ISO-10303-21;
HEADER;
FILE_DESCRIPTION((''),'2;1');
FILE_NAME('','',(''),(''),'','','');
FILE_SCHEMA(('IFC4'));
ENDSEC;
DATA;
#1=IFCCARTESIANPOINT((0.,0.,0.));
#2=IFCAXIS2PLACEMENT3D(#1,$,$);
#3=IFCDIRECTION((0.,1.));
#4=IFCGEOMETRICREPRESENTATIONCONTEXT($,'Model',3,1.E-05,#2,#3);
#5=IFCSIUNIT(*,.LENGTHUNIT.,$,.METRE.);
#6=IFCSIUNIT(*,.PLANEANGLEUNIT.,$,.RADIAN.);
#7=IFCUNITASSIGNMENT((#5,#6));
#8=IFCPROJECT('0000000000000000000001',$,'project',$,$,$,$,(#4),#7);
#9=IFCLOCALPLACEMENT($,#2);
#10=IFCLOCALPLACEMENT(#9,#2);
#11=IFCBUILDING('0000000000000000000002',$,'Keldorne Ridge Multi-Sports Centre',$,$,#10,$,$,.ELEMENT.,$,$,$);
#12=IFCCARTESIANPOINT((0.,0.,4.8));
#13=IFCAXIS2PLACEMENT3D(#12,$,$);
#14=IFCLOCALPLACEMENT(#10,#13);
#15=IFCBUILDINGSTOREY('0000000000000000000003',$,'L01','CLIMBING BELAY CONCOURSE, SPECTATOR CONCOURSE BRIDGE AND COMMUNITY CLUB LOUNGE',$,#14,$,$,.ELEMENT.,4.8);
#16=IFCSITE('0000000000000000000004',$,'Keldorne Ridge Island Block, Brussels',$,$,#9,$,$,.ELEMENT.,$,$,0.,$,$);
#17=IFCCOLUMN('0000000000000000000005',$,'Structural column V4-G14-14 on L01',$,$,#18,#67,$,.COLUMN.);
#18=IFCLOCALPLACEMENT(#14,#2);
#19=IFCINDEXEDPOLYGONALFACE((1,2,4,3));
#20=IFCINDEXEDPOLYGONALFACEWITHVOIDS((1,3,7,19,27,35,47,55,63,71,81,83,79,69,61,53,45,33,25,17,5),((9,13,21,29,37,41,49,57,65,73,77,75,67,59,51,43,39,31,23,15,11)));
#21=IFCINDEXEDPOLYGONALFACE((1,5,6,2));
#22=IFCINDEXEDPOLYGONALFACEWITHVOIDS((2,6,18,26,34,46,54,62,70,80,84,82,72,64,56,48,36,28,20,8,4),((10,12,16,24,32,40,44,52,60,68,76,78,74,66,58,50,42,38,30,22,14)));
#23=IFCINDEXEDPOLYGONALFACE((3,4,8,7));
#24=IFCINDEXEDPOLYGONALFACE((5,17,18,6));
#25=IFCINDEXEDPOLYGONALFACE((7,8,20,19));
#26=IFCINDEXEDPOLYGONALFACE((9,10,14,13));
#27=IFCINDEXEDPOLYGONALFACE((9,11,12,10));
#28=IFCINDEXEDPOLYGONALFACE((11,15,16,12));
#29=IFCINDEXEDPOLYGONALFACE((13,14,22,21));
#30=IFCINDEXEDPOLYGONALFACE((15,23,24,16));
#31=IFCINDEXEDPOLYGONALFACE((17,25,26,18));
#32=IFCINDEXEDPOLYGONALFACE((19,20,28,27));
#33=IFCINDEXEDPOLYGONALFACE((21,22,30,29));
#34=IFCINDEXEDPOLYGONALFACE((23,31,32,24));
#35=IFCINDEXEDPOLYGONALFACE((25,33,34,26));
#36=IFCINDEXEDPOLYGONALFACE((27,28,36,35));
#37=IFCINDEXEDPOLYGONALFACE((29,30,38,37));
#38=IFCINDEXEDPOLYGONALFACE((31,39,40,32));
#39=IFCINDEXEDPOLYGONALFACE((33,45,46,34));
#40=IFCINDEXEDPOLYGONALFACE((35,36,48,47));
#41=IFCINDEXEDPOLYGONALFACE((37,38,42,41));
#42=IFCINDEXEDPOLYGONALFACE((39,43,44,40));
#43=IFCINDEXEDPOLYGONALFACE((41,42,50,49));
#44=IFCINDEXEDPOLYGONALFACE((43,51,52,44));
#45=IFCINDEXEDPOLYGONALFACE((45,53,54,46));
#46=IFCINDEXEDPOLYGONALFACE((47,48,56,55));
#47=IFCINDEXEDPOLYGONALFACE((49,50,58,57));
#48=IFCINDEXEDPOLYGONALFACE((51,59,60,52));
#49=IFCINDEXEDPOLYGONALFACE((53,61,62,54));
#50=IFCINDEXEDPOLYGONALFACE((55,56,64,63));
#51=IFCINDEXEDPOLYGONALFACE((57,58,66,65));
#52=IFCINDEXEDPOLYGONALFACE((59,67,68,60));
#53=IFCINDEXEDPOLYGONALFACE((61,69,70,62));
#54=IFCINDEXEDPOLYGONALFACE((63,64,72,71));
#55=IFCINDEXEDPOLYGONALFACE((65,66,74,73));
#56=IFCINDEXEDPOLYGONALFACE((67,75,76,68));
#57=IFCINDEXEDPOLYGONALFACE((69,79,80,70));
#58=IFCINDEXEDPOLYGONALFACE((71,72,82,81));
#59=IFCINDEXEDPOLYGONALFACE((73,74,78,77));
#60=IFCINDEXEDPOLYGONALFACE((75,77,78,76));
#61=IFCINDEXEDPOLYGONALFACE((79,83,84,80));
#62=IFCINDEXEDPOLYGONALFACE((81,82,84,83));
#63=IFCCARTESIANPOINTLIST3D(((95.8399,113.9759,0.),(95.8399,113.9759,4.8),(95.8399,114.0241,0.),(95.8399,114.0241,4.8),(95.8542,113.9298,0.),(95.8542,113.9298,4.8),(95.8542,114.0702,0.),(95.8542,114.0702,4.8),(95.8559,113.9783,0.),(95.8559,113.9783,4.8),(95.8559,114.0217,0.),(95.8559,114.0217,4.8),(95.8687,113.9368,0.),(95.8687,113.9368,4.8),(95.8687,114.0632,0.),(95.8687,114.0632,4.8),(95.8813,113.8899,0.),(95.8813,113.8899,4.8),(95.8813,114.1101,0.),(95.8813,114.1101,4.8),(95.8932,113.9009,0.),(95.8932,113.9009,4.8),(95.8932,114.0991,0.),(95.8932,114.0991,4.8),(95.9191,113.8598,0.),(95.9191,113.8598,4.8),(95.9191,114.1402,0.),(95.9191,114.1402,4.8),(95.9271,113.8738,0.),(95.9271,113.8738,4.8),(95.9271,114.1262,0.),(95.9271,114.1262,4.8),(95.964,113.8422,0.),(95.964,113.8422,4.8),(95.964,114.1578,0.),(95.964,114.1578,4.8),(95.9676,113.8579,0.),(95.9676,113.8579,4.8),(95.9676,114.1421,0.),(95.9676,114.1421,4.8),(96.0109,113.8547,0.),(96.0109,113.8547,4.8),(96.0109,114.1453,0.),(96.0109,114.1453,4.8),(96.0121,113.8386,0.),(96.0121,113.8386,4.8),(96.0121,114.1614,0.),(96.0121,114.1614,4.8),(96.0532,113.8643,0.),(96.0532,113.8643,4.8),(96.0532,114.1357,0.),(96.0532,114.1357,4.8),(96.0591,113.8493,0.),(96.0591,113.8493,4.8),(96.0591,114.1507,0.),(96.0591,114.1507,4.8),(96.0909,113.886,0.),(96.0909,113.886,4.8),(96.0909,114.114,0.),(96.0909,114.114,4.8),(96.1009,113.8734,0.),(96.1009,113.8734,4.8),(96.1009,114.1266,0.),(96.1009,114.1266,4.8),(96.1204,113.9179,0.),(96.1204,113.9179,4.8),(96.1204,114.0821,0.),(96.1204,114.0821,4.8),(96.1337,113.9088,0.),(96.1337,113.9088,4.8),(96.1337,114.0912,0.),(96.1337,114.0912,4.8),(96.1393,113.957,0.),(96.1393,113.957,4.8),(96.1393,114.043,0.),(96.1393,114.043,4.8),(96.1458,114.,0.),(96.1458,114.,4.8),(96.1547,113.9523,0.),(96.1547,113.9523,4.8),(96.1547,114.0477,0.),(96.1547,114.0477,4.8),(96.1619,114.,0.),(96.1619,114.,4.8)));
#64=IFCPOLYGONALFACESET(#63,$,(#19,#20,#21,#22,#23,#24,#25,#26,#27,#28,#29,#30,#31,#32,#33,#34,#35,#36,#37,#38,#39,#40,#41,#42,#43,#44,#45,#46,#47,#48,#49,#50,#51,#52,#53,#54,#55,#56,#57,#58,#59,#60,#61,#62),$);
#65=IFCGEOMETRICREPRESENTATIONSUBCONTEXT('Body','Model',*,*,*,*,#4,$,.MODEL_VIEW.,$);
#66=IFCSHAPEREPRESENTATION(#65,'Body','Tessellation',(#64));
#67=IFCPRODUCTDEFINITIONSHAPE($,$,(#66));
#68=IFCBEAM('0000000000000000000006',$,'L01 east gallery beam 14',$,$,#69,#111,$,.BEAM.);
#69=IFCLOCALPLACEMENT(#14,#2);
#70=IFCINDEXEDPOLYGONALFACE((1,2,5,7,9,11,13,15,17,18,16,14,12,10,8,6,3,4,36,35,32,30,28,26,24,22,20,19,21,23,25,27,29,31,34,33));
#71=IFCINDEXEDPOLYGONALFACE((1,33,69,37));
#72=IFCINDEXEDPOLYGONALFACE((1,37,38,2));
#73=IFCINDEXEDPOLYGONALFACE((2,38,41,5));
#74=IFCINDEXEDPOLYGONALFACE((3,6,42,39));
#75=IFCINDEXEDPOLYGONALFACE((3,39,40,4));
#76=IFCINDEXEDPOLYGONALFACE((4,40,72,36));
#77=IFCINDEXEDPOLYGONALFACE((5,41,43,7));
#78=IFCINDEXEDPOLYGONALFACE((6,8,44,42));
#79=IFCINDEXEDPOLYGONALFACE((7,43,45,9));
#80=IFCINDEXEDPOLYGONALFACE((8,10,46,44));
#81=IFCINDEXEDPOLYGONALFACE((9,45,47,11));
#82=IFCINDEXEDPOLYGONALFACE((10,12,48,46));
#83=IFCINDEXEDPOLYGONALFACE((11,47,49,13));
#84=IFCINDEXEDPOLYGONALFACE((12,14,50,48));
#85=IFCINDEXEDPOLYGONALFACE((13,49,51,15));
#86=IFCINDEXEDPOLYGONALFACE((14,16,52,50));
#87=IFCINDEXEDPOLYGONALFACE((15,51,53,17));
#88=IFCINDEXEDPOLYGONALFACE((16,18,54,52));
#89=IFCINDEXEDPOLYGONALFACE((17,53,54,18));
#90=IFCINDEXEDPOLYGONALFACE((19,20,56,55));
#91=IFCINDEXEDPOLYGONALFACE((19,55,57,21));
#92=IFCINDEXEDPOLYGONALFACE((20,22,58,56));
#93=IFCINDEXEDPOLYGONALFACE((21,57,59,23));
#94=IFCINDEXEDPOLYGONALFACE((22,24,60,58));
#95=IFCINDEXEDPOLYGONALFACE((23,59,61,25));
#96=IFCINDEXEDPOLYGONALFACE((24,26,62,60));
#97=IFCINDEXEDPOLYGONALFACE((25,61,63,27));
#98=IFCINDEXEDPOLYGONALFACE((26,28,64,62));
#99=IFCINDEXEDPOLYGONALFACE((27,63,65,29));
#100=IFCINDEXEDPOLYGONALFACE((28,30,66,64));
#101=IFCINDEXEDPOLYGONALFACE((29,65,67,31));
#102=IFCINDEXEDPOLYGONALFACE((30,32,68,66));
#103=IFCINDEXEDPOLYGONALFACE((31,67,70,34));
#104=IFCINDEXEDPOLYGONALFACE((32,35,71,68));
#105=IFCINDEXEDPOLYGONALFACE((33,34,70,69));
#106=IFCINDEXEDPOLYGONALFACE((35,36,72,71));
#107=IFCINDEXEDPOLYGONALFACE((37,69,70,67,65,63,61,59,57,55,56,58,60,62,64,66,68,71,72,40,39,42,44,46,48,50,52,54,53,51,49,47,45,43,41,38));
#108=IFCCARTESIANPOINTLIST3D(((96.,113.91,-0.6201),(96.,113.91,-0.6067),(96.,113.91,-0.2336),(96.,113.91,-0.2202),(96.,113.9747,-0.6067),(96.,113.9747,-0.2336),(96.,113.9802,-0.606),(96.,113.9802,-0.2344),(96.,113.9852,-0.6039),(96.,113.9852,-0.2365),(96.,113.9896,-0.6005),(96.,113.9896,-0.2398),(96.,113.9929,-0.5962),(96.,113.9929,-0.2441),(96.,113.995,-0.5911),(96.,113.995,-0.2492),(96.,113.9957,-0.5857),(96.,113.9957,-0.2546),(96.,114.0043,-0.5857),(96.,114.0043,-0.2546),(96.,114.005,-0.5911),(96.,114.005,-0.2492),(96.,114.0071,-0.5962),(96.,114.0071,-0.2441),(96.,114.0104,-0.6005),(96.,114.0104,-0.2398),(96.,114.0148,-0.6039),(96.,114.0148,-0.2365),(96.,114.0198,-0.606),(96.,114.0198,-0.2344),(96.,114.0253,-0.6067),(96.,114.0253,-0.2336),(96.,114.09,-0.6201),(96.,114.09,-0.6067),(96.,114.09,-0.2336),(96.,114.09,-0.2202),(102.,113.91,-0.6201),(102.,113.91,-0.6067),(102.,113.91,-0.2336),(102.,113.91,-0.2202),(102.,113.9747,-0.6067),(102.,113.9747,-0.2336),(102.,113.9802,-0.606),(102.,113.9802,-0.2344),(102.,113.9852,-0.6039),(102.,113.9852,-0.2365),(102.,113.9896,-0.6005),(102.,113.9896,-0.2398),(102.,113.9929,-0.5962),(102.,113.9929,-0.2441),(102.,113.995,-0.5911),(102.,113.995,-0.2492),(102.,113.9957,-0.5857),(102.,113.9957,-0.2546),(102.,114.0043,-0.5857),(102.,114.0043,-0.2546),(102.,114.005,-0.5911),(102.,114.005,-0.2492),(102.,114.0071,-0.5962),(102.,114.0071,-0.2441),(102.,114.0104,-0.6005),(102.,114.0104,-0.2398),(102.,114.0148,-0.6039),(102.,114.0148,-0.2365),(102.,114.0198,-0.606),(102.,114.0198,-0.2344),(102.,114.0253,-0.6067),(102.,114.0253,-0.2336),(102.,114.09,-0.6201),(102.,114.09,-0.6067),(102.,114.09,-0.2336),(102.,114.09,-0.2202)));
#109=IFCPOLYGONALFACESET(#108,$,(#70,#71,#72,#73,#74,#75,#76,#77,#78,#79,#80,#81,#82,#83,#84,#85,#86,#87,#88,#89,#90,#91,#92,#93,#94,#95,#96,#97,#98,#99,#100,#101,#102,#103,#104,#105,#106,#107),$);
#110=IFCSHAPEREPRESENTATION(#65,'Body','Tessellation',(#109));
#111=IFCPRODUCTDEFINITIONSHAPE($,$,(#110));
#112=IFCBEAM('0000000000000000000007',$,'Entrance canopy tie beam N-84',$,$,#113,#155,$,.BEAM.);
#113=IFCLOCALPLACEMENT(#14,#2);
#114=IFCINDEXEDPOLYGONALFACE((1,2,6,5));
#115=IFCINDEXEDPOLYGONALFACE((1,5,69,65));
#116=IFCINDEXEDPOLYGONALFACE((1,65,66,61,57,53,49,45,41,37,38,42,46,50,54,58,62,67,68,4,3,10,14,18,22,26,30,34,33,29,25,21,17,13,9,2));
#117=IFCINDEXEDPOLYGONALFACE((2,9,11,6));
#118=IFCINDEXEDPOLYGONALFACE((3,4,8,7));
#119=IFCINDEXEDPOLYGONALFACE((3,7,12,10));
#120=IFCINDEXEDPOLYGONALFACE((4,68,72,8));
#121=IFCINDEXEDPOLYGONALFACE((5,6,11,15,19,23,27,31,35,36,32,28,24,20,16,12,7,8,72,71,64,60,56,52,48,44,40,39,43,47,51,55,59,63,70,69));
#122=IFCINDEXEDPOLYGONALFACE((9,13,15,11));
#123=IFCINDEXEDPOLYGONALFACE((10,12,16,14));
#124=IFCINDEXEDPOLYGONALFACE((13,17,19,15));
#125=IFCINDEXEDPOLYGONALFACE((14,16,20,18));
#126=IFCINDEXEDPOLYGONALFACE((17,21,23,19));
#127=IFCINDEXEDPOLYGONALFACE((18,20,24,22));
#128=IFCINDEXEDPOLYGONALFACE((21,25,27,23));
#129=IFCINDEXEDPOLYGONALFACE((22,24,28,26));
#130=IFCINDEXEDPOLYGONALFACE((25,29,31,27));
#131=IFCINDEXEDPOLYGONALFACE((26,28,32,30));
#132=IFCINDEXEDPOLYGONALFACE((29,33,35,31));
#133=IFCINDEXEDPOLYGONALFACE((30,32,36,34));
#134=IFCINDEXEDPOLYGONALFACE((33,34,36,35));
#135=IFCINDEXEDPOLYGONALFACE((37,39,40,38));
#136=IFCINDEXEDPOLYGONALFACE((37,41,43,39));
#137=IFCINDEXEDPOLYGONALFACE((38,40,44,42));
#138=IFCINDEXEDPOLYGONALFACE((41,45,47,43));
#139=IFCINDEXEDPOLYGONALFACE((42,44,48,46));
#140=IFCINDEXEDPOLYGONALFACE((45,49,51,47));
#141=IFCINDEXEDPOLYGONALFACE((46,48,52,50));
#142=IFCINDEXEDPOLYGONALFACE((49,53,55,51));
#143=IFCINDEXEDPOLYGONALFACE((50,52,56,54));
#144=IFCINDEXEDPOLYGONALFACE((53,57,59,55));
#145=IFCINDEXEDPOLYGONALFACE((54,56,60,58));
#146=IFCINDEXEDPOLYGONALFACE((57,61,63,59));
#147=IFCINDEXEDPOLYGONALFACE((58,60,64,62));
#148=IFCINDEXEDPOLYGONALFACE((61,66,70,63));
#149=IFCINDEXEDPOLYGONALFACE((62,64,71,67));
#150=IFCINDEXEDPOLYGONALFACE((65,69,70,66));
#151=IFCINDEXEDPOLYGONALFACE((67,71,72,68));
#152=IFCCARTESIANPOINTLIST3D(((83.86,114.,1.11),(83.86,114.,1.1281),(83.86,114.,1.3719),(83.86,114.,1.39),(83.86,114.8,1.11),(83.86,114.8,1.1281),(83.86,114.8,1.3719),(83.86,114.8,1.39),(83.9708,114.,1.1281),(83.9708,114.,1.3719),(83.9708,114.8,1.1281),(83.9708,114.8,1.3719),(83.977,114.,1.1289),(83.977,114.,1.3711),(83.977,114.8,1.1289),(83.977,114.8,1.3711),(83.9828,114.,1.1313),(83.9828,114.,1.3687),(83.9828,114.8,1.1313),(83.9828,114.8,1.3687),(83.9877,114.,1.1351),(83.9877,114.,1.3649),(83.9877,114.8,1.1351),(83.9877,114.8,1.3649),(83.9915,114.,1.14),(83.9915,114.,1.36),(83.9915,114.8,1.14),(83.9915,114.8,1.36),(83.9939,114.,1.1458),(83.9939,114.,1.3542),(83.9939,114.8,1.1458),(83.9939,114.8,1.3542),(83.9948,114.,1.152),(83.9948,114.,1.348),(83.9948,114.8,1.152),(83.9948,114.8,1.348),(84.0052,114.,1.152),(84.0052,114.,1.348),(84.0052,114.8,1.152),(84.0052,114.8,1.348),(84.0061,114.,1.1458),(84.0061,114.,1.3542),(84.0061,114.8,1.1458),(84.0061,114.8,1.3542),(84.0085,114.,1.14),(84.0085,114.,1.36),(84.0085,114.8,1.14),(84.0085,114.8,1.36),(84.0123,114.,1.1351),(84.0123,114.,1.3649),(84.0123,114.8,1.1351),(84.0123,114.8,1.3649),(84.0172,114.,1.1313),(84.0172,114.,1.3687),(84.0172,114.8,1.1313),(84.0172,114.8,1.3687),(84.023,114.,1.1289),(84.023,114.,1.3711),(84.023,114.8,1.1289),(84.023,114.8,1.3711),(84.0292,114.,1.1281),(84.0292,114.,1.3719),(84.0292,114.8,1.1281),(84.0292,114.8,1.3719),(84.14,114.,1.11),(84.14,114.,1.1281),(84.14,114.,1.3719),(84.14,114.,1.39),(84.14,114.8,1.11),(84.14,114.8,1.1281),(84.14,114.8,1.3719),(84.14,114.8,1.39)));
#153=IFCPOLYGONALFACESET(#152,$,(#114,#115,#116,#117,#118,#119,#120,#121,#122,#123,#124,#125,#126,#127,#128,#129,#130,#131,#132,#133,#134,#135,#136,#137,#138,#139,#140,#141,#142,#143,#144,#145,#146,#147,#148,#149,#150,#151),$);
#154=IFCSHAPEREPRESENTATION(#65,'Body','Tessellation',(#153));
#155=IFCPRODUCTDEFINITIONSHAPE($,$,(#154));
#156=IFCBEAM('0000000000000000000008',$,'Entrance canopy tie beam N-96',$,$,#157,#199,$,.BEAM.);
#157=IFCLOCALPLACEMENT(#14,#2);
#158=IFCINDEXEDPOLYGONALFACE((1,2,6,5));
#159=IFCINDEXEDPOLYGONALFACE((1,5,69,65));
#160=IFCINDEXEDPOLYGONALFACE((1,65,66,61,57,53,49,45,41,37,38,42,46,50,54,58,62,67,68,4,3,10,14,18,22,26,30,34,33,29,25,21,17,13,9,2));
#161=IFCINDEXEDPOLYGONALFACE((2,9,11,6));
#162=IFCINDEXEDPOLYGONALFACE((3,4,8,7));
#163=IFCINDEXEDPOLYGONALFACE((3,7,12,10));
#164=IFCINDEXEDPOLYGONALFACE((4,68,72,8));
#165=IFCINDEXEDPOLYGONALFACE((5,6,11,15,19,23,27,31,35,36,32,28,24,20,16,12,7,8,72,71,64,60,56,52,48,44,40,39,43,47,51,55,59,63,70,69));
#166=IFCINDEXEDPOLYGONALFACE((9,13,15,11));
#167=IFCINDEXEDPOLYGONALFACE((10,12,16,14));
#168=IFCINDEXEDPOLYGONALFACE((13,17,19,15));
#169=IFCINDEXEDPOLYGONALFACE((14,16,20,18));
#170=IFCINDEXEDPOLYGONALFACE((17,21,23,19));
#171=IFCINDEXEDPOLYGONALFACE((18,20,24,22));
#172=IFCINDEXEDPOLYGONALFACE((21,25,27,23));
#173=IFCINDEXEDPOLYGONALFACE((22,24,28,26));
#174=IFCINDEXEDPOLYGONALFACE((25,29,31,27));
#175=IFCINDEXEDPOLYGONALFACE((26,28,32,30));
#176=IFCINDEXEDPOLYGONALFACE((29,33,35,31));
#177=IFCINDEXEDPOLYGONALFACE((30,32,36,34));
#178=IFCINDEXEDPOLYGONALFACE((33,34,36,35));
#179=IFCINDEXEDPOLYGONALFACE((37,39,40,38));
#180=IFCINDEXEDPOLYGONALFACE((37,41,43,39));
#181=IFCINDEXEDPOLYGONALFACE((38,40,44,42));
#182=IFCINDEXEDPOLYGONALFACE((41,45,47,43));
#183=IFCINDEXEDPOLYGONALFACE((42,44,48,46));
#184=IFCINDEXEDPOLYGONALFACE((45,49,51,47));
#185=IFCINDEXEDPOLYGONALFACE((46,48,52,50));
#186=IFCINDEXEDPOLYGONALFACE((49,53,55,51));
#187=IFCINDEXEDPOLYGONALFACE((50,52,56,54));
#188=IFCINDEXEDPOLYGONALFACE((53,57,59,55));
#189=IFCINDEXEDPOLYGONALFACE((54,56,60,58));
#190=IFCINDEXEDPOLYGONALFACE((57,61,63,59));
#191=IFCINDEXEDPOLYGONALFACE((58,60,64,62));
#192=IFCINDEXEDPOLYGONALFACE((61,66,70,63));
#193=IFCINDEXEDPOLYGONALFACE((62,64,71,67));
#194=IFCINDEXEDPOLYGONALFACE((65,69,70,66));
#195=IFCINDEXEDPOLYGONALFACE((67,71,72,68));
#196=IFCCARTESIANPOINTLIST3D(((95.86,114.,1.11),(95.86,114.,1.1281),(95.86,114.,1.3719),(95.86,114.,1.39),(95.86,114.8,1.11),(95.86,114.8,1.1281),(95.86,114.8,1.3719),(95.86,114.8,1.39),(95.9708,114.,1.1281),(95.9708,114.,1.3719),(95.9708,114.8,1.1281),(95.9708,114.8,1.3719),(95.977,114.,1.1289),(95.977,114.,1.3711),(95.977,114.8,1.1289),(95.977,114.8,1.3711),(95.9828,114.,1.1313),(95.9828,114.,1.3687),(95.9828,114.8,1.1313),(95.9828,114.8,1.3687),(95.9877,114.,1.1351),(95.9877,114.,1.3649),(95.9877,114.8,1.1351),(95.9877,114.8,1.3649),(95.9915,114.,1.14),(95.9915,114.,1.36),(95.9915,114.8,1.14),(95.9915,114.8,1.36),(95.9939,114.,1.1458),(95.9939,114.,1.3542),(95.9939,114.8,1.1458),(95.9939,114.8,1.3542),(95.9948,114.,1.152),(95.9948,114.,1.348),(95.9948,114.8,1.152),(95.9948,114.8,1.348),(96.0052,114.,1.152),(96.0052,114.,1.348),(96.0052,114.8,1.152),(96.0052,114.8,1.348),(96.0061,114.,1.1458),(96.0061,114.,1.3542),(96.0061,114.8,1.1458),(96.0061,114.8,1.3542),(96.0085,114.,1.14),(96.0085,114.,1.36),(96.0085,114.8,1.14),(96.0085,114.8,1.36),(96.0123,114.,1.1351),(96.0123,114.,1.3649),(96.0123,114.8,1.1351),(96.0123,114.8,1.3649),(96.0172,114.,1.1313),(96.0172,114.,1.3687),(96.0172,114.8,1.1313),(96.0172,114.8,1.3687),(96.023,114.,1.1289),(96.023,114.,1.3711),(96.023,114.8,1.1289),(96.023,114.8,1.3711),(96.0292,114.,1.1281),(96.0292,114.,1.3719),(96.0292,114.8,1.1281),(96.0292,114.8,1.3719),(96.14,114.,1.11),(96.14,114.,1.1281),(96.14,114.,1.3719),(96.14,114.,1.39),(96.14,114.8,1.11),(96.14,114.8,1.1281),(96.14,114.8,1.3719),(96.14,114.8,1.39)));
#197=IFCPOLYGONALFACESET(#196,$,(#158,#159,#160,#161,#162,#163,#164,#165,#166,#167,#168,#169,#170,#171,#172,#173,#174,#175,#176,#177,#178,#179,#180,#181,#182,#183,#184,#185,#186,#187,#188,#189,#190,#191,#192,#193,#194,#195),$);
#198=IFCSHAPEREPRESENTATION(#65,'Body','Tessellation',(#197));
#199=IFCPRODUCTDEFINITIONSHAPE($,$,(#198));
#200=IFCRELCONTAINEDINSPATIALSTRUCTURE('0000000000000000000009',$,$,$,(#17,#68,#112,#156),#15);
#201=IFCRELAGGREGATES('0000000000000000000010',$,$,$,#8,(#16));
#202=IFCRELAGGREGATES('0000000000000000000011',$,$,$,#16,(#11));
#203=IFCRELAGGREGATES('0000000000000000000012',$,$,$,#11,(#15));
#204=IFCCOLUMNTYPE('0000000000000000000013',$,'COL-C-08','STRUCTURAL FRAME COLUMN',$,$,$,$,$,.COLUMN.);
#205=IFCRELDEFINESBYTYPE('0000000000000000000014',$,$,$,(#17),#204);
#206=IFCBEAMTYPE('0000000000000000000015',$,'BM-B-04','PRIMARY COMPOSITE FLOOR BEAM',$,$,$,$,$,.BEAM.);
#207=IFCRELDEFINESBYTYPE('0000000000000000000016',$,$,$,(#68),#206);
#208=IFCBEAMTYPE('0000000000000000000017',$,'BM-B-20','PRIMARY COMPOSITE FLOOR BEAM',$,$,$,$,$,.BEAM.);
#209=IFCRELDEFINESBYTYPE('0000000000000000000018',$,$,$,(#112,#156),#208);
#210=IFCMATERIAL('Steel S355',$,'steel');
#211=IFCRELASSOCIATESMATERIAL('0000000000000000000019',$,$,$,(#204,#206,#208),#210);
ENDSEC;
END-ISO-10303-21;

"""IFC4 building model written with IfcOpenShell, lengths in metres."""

from ifc_helpers import new_model, si_unit, direction, frame, origin, origin_2d, place, context, subcontext, project, spatial, hollow_circle, i_section, extrude, material, material_profile, profile_set, type_object, element, save


model = new_model("IFC4")

# Units and contexts
model_context = context("Model", 3, precision=1e-05, world=origin(), true_north=direction((0.0, 1.0)))
body_context = subcontext(model_context, "Body", "Model", "MODEL_VIEW")
ifc_project = project(units=[si_unit("LENGTHUNIT", "METRE"), si_unit("PLANEANGLEUNIT", "RADIAN")], contexts=[model_context])

# Site, building, storey
site_placement = place(None, origin())
site = spatial("IfcSite", under=ifc_project, at=site_placement, Name="Keldorne Ridge Island Block, Brussels", CompositionType="ELEMENT", RefElevation=0.0)
building_placement = place(site_placement, origin())
building = spatial("IfcBuilding", under=site, at=building_placement, Name="Keldorne Ridge Multi-Sports Centre", CompositionType="ELEMENT")
storey_placement = place(building_placement, frame((0.0, 0.0, 4.8)))
storey = spatial("IfcBuildingStorey", under=building, at=storey_placement, Name="L01", Description="CLIMBING BELAY CONCOURSE, SPECTATOR CONCOURSE BRIDGE AND COMMUNITY CLUB LOUNGE", CompositionType="ELEMENT", Elevation=4.8)

# Column
ifc_material_1 = material(Name="Steel S355", Category="steel")
ifc_material_profile_1 = material_profile(ifc_material_1, hollow_circle(Radius=0.1619, WallThickness=0.0161, at=origin_2d()), Name="CHS 323.9x16")
ifc_profile_set_1 = profile_set([ifc_material_profile_1], Name="Steel S355")
column_type = type_object("IfcColumnType", Name="COL-C-08", Description="STRUCTURAL FRAME COLUMN", PredefinedType="COLUMN", material=ifc_profile_set_1)
column_placement = place(storey_placement, frame((96.0, 114.0, 0.0), z_axis=(0.0, 0.0, 1.0), x_axis=(1.0, 0.0, 0.0)))
element("IfcColumn", 1, at=column_placement, inside=storey, type_object=column_type, Name="Structural column V4-G14-14 on L01", PredefinedType="COLUMN", context=body_context, shape_type="SweptSolid", body=[
    extrude(hollow_circle(Radius=0.1619, WallThickness=0.0161, at=origin_2d()), origin(), (0.0, 0.0, 1.0), 4.8),
])

# Beams
ifc_material_profile_2 = material_profile(ifc_material_1, i_section(OverallWidth=0.1799, OverallDepth=0.3999, WebThickness=0.0085, FlangeThickness=0.0134, FilletRadius=0.021, at=origin_2d()), Name="IPE 400")
ifc_profile_set_2 = profile_set([ifc_material_profile_2], Name="Steel S355")
beam_type_1 = type_object("IfcBeamType", Name="BM-B-04", Description="PRIMARY COMPOSITE FLOOR BEAM", PredefinedType="BEAM", material=ifc_profile_set_2)
beam_1_placement = place(storey_placement, frame((96.0, 114.0, -0.4202), z_axis=(1.0, 0.0, 0.0), x_axis=(0.0, 1.0, 0.0)))
element("IfcBeam", 2, at=beam_1_placement, inside=storey, type_object=beam_type_1, Name="L01 east gallery beam 14", PredefinedType="BEAM", context=body_context, shape_type="SweptSolid", body=[
    extrude(i_section(OverallWidth=0.1799, OverallDepth=0.3999, WebThickness=0.0085, FlangeThickness=0.0134, FilletRadius=0.021, at=origin_2d()), origin(), (0.0, 0.0, 1.0), 6.0),
])
ifc_material_profile_3 = material_profile(ifc_material_1, i_section(OverallWidth=0.28, OverallDepth=0.28, WebThickness=0.0105, FlangeThickness=0.0181, FilletRadius=0.0239, at=origin_2d()), Name="HEB 280")
ifc_profile_set_3 = profile_set([ifc_material_profile_3], Name="Steel S355")
beam_type_2 = type_object("IfcBeamType", Name="BM-B-20", Description="PRIMARY COMPOSITE FLOOR BEAM", PredefinedType="BEAM", material=ifc_profile_set_3)
for number, where, z_axis, x_axis, name in (
    (3, (84.0, 114.8, 1.25), (0.0, -1.0, 0.0), (1.0, 0.0, 0.0), "Entrance canopy tie beam N-84"),
    (4, (96.0, 114.8, 1.25), (0.0, -1.0, 0.0), (1.0, 0.0, 0.0), "Entrance canopy tie beam N-96"),
):
    element("IfcBeam", number, at=place(storey_placement, frame(where, z_axis=z_axis, x_axis=x_axis)), inside=storey, type_object=beam_type_2, Name=name, PredefinedType="BEAM", context=body_context, shape_type="SweptSolid", body=[
        extrude(i_section(OverallWidth=0.28, OverallDepth=0.28, WebThickness=0.0105, FlangeThickness=0.0181, FilletRadius=0.0239, at=origin_2d()), origin(), (0.0, 0.0, 1.0), 0.8),
    ])

save(model, "model.ifc")
